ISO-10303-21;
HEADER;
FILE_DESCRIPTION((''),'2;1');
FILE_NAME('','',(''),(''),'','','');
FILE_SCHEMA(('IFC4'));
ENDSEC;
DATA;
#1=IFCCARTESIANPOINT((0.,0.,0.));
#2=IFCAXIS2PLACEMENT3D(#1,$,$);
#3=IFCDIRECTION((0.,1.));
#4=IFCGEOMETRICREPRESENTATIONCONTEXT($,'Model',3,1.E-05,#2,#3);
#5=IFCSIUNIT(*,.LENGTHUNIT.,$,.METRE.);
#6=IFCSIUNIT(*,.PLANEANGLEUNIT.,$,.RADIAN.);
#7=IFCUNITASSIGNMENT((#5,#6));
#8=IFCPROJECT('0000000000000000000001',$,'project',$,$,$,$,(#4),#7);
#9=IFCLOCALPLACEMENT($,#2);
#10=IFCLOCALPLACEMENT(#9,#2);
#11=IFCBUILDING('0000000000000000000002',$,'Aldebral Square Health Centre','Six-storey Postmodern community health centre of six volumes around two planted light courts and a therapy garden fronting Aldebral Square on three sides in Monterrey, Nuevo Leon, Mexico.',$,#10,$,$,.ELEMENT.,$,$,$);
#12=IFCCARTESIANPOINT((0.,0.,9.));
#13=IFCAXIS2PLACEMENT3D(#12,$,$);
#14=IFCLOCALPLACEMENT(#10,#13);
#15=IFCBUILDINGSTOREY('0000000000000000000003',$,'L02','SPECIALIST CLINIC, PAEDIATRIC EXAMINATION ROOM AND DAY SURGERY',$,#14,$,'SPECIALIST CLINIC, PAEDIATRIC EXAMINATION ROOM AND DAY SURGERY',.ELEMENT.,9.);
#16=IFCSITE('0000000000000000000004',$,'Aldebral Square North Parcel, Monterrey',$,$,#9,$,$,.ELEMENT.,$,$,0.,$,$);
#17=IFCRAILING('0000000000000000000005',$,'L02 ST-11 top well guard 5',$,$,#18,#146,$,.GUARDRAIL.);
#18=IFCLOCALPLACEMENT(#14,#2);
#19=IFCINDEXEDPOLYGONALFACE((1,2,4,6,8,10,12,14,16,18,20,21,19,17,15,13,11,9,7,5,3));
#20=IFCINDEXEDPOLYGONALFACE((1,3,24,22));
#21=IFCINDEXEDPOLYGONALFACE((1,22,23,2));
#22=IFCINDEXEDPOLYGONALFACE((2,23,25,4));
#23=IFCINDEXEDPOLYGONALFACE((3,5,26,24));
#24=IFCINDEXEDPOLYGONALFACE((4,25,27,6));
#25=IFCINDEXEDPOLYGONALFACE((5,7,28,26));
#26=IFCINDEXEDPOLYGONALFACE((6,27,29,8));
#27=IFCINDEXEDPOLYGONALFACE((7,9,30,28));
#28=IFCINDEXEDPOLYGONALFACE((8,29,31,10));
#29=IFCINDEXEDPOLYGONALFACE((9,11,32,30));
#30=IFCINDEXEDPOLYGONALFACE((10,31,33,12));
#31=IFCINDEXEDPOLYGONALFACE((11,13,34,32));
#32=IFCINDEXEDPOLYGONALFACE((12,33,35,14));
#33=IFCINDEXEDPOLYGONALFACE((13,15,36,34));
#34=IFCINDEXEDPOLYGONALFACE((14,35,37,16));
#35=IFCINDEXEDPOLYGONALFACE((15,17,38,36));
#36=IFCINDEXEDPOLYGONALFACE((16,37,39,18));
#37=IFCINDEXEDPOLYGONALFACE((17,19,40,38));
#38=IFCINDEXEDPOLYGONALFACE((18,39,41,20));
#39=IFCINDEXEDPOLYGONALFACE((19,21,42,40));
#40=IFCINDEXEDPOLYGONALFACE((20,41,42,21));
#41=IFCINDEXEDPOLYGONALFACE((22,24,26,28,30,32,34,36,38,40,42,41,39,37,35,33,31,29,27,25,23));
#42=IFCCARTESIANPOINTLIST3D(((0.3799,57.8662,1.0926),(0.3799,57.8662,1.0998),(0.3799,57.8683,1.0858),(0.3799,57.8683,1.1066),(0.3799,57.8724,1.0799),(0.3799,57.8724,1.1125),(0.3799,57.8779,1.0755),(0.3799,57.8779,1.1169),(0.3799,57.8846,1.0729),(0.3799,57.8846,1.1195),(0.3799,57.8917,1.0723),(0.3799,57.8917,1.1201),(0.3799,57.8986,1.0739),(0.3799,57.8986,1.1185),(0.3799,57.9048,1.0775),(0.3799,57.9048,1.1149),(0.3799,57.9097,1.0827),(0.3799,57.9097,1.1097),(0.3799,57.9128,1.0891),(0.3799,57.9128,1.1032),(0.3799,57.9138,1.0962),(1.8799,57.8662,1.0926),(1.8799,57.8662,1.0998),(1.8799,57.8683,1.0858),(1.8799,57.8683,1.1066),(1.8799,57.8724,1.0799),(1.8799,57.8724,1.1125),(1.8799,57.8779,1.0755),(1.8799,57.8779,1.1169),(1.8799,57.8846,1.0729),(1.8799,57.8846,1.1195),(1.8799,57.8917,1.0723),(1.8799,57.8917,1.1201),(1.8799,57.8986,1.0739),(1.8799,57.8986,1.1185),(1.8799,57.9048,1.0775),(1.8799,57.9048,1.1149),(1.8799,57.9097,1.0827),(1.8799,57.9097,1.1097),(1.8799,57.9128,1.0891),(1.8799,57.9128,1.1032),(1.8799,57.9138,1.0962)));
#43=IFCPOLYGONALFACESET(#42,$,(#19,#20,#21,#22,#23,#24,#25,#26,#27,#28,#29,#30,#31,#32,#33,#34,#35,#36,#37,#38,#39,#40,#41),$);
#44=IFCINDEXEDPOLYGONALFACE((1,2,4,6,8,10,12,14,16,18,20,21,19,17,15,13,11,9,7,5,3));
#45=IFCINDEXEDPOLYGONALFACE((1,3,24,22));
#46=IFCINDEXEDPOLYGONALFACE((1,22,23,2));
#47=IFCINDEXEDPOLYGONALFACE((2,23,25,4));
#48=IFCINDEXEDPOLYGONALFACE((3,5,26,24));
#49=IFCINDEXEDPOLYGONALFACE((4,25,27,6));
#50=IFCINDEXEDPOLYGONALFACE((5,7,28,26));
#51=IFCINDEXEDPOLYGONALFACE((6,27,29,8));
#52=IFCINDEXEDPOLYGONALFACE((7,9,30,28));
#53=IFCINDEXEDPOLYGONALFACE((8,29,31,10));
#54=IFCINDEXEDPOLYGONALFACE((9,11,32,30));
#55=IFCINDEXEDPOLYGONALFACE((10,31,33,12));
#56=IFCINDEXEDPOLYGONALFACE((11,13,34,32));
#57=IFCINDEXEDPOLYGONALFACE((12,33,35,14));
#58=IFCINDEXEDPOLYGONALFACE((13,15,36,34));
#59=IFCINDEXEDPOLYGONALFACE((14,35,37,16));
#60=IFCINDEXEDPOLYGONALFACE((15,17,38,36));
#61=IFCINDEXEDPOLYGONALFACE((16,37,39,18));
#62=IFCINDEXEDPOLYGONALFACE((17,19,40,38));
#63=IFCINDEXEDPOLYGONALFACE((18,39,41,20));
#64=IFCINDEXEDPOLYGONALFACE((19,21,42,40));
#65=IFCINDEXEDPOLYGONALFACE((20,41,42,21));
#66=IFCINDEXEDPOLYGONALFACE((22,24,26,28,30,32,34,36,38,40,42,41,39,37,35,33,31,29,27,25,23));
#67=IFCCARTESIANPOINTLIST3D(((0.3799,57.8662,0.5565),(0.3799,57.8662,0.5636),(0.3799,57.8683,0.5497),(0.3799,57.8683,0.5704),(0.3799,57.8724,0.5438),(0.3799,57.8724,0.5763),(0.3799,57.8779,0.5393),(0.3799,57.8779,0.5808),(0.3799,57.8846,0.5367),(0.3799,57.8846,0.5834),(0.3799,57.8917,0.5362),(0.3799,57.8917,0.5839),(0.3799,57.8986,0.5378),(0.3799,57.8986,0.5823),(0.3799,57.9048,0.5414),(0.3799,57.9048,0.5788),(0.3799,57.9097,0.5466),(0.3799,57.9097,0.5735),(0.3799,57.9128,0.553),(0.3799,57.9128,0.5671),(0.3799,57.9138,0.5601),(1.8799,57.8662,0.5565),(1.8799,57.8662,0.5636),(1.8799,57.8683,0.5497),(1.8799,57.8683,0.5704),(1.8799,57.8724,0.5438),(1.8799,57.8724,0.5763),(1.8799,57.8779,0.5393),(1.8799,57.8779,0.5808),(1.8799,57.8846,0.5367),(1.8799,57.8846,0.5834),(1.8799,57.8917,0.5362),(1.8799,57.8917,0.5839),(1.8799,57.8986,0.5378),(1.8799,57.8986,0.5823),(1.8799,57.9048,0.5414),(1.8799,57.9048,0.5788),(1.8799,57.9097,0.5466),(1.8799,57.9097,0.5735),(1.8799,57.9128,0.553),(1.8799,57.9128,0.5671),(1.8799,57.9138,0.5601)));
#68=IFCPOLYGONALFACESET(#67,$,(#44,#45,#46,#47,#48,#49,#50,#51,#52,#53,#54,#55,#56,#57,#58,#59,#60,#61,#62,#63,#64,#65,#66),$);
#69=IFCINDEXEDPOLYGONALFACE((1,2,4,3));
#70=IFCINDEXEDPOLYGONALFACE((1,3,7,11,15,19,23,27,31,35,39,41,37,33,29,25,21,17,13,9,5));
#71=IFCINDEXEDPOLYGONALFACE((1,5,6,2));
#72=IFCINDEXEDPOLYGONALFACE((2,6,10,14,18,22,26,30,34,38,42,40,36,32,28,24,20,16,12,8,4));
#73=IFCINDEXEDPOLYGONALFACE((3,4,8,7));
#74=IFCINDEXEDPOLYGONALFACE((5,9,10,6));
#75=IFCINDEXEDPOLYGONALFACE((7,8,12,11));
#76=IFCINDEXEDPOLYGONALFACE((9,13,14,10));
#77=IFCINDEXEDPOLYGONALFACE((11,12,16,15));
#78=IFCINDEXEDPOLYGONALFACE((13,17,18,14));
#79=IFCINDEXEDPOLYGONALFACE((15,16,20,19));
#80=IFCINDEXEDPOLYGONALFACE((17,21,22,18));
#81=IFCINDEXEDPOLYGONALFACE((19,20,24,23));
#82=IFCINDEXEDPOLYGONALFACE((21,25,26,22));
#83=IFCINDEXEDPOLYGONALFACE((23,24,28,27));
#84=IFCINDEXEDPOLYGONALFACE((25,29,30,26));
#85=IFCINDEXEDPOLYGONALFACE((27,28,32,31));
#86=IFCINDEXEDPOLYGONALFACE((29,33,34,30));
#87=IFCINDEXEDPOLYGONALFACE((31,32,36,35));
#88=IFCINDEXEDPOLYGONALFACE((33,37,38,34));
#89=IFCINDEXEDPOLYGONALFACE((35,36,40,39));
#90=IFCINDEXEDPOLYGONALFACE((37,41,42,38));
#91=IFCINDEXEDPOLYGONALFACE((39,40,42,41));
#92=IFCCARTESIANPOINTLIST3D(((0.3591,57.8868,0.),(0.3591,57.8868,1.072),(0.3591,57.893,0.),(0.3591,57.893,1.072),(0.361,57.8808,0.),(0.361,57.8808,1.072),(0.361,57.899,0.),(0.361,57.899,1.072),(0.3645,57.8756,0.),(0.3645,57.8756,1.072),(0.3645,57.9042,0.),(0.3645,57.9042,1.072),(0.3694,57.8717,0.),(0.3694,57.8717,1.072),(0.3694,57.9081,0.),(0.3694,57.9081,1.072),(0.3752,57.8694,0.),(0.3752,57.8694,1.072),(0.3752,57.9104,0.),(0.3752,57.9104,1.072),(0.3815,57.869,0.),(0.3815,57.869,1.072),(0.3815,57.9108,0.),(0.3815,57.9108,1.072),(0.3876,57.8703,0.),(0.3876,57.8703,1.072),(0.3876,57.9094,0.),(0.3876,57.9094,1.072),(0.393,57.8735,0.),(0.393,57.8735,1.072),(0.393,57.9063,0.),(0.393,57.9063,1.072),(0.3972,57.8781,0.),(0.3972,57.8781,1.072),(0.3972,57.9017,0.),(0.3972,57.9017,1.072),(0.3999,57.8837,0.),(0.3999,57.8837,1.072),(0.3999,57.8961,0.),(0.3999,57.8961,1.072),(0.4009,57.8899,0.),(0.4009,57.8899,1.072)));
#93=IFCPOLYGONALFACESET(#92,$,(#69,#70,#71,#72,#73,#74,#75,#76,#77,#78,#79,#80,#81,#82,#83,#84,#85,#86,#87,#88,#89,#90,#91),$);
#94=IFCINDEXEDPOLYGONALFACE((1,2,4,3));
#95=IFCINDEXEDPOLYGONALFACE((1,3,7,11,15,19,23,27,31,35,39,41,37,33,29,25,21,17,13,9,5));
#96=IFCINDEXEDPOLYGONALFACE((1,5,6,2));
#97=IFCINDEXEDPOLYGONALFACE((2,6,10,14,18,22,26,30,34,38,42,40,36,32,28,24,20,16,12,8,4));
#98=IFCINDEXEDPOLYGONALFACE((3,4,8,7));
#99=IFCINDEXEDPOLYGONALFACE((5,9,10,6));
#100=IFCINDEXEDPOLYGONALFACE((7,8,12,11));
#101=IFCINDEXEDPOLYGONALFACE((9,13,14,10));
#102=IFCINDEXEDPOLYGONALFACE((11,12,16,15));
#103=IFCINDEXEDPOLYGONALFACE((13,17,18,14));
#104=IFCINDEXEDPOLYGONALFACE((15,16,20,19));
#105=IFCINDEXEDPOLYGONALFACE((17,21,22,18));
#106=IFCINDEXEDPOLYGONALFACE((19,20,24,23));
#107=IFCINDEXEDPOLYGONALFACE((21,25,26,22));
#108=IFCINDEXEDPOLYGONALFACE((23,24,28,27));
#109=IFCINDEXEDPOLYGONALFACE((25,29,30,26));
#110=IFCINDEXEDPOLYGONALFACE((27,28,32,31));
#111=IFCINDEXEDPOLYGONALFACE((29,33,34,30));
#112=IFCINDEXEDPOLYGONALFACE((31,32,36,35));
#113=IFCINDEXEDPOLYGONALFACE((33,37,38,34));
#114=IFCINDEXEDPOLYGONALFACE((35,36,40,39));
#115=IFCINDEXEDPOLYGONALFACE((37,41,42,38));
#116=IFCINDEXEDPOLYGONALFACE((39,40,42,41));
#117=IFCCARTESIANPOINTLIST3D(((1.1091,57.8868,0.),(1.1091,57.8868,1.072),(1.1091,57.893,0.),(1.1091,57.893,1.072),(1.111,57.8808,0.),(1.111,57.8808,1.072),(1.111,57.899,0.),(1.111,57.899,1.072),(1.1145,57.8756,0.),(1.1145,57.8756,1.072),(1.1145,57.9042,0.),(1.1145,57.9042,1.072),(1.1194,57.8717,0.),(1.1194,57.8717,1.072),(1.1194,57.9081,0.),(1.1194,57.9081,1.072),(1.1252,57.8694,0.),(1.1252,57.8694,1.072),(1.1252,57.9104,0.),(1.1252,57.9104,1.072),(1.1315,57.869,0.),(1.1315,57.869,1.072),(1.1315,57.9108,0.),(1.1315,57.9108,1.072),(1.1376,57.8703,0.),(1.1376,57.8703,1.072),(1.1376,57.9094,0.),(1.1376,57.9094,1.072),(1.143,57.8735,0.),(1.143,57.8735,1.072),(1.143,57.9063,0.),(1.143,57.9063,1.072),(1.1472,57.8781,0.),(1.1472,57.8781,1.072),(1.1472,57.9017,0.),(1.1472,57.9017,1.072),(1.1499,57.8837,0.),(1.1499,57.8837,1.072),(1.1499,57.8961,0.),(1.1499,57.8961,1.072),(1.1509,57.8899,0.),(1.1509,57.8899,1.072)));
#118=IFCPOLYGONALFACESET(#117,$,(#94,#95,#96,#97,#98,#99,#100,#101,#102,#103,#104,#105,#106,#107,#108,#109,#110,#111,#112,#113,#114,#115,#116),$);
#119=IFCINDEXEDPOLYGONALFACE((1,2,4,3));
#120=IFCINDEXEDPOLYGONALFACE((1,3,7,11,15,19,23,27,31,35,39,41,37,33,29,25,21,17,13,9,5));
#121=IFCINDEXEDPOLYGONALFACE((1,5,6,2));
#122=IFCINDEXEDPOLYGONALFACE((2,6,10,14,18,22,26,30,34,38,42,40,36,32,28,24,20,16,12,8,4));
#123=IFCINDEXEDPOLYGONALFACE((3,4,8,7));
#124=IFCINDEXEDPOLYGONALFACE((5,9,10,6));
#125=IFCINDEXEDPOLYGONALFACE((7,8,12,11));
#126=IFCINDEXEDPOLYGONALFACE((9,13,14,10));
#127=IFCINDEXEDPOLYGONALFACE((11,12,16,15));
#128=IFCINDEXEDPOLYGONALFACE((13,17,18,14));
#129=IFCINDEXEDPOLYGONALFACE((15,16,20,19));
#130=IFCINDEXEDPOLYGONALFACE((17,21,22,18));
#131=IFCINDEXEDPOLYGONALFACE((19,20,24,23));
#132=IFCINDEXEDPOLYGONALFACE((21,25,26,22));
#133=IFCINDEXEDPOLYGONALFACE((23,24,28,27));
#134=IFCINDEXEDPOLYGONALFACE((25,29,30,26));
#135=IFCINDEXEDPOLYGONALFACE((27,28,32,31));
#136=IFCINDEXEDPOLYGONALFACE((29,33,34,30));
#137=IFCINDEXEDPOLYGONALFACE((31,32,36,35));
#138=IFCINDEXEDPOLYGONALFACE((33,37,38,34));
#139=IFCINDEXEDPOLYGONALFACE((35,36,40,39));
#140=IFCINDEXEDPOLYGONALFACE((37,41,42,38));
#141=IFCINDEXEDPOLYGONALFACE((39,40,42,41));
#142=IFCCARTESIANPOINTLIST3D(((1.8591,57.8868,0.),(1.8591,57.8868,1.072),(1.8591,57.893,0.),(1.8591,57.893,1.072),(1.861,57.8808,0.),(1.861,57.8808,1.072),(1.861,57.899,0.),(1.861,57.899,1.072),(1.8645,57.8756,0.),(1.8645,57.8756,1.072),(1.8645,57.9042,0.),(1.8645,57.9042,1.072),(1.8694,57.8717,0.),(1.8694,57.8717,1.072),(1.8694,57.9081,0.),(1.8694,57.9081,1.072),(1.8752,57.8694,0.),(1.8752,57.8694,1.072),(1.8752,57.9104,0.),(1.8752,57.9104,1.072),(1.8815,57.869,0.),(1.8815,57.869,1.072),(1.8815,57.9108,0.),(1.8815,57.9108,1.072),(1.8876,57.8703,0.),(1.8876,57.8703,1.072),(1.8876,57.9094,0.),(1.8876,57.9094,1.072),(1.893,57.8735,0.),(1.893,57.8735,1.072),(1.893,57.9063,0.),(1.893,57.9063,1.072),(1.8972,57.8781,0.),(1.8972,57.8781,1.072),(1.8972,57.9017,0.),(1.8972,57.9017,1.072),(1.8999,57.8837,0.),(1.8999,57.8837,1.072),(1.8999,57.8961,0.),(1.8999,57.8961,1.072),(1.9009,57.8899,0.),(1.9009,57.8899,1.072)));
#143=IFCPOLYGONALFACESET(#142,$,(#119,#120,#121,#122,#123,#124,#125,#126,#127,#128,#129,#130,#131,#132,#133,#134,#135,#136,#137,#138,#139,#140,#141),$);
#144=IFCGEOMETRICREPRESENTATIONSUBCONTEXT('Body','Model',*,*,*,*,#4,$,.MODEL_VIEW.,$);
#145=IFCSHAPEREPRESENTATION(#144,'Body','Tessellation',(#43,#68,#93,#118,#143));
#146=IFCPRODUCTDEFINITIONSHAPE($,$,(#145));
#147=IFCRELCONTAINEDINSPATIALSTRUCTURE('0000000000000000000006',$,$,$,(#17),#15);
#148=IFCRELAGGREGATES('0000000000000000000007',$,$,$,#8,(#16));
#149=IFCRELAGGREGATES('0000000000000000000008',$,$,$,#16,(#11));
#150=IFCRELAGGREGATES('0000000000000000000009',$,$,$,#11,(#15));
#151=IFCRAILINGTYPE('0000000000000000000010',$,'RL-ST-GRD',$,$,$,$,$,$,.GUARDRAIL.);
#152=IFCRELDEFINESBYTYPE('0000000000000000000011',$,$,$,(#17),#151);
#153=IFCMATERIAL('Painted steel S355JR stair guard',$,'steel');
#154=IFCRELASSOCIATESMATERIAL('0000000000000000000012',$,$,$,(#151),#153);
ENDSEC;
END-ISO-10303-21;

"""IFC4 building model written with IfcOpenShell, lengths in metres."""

from ifc_helpers import new_model, si_unit, direction, frame, origin, origin_2d, place, context, subcontext, project, spatial, circle, extrude, material, type_object, element, save


model = new_model("IFC4")

# Units and contexts
model_context = context("Model", 3, precision=1e-05, world=origin(), true_north=direction((0.0, 1.0)))
body_context = subcontext(model_context, "Body", "Model", "MODEL_VIEW")
ifc_project = project(units=[si_unit("LENGTHUNIT", "METRE"), si_unit("PLANEANGLEUNIT", "RADIAN")], contexts=[model_context])

# Site, building, storey
site_placement = place(None, origin())
site = spatial("IfcSite", under=ifc_project, at=site_placement, Name="Aldebral Square North Parcel, Monterrey", CompositionType="ELEMENT", RefElevation=0.0)
building_placement = place(site_placement, origin())
building = spatial("IfcBuilding", under=site, at=building_placement, Name="Aldebral Square Health Centre", Description="Six-storey Postmodern community health centre of six volumes around two planted light courts and a therapy garden fronting Aldebral Square on three sides in Monterrey, Nuevo Leon, Mexico.", CompositionType="ELEMENT")
storey_placement = place(building_placement, frame((0.0, 0.0, 9.0)))
storey = spatial("IfcBuildingStorey", under=building, at=storey_placement, Name="L02", Description="SPECIALIST CLINIC, PAEDIATRIC EXAMINATION ROOM AND DAY SURGERY", LongName="SPECIALIST CLINIC, PAEDIATRIC EXAMINATION ROOM AND DAY SURGERY", CompositionType="ELEMENT", Elevation=9.0)

# Railing
ifc_material_1 = material(Name="Painted steel S355JR stair guard", Category="steel")
railing_type = type_object("IfcRailingType", Name="RL-ST-GRD", PredefinedType="GUARDRAIL", material=ifc_material_1)
for number, where, name in (
    (1, (0.3799, 57.8899, 0.0), "L02 ST-11 top well guard 5"),
):
    element("IfcRailing", number, at=place(storey_placement, frame(where)), inside=storey, type_object=railing_type, Name=name, PredefinedType="GUARDRAIL", context=body_context, shape_type="SweptSolid", body=[
        extrude(circle(Radius=0.0239, at=origin_2d()), frame((0.0, 0.0, 1.0962), z_axis=(1.0, 0.0, 0.0), x_axis=(0.0, 1.0, 0.0)), (0.0, 0.0, 1.0), 1.5),
        extrude(circle(Radius=0.0239, at=origin_2d()), frame((0.0, 0.0, 0.5601), z_axis=(1.0, 0.0, 0.0), x_axis=(0.0, 1.0, 0.0)), (0.0, 0.0, 1.0), 1.5),
        extrude(circle(Radius=0.021, at=origin_2d()), origin(), (0.0, 0.0, 1.0), 1.072),
        extrude(circle(Radius=0.021, at=origin_2d()), frame((0.75, 0.0, 0.0)), (0.0, 0.0, 1.0), 1.072),
        extrude(circle(Radius=0.021, at=origin_2d()), frame((1.5, 0.0, 0.0)), (0.0, 0.0, 1.0), 1.072),
    ])

save(model, "model.ifc")
